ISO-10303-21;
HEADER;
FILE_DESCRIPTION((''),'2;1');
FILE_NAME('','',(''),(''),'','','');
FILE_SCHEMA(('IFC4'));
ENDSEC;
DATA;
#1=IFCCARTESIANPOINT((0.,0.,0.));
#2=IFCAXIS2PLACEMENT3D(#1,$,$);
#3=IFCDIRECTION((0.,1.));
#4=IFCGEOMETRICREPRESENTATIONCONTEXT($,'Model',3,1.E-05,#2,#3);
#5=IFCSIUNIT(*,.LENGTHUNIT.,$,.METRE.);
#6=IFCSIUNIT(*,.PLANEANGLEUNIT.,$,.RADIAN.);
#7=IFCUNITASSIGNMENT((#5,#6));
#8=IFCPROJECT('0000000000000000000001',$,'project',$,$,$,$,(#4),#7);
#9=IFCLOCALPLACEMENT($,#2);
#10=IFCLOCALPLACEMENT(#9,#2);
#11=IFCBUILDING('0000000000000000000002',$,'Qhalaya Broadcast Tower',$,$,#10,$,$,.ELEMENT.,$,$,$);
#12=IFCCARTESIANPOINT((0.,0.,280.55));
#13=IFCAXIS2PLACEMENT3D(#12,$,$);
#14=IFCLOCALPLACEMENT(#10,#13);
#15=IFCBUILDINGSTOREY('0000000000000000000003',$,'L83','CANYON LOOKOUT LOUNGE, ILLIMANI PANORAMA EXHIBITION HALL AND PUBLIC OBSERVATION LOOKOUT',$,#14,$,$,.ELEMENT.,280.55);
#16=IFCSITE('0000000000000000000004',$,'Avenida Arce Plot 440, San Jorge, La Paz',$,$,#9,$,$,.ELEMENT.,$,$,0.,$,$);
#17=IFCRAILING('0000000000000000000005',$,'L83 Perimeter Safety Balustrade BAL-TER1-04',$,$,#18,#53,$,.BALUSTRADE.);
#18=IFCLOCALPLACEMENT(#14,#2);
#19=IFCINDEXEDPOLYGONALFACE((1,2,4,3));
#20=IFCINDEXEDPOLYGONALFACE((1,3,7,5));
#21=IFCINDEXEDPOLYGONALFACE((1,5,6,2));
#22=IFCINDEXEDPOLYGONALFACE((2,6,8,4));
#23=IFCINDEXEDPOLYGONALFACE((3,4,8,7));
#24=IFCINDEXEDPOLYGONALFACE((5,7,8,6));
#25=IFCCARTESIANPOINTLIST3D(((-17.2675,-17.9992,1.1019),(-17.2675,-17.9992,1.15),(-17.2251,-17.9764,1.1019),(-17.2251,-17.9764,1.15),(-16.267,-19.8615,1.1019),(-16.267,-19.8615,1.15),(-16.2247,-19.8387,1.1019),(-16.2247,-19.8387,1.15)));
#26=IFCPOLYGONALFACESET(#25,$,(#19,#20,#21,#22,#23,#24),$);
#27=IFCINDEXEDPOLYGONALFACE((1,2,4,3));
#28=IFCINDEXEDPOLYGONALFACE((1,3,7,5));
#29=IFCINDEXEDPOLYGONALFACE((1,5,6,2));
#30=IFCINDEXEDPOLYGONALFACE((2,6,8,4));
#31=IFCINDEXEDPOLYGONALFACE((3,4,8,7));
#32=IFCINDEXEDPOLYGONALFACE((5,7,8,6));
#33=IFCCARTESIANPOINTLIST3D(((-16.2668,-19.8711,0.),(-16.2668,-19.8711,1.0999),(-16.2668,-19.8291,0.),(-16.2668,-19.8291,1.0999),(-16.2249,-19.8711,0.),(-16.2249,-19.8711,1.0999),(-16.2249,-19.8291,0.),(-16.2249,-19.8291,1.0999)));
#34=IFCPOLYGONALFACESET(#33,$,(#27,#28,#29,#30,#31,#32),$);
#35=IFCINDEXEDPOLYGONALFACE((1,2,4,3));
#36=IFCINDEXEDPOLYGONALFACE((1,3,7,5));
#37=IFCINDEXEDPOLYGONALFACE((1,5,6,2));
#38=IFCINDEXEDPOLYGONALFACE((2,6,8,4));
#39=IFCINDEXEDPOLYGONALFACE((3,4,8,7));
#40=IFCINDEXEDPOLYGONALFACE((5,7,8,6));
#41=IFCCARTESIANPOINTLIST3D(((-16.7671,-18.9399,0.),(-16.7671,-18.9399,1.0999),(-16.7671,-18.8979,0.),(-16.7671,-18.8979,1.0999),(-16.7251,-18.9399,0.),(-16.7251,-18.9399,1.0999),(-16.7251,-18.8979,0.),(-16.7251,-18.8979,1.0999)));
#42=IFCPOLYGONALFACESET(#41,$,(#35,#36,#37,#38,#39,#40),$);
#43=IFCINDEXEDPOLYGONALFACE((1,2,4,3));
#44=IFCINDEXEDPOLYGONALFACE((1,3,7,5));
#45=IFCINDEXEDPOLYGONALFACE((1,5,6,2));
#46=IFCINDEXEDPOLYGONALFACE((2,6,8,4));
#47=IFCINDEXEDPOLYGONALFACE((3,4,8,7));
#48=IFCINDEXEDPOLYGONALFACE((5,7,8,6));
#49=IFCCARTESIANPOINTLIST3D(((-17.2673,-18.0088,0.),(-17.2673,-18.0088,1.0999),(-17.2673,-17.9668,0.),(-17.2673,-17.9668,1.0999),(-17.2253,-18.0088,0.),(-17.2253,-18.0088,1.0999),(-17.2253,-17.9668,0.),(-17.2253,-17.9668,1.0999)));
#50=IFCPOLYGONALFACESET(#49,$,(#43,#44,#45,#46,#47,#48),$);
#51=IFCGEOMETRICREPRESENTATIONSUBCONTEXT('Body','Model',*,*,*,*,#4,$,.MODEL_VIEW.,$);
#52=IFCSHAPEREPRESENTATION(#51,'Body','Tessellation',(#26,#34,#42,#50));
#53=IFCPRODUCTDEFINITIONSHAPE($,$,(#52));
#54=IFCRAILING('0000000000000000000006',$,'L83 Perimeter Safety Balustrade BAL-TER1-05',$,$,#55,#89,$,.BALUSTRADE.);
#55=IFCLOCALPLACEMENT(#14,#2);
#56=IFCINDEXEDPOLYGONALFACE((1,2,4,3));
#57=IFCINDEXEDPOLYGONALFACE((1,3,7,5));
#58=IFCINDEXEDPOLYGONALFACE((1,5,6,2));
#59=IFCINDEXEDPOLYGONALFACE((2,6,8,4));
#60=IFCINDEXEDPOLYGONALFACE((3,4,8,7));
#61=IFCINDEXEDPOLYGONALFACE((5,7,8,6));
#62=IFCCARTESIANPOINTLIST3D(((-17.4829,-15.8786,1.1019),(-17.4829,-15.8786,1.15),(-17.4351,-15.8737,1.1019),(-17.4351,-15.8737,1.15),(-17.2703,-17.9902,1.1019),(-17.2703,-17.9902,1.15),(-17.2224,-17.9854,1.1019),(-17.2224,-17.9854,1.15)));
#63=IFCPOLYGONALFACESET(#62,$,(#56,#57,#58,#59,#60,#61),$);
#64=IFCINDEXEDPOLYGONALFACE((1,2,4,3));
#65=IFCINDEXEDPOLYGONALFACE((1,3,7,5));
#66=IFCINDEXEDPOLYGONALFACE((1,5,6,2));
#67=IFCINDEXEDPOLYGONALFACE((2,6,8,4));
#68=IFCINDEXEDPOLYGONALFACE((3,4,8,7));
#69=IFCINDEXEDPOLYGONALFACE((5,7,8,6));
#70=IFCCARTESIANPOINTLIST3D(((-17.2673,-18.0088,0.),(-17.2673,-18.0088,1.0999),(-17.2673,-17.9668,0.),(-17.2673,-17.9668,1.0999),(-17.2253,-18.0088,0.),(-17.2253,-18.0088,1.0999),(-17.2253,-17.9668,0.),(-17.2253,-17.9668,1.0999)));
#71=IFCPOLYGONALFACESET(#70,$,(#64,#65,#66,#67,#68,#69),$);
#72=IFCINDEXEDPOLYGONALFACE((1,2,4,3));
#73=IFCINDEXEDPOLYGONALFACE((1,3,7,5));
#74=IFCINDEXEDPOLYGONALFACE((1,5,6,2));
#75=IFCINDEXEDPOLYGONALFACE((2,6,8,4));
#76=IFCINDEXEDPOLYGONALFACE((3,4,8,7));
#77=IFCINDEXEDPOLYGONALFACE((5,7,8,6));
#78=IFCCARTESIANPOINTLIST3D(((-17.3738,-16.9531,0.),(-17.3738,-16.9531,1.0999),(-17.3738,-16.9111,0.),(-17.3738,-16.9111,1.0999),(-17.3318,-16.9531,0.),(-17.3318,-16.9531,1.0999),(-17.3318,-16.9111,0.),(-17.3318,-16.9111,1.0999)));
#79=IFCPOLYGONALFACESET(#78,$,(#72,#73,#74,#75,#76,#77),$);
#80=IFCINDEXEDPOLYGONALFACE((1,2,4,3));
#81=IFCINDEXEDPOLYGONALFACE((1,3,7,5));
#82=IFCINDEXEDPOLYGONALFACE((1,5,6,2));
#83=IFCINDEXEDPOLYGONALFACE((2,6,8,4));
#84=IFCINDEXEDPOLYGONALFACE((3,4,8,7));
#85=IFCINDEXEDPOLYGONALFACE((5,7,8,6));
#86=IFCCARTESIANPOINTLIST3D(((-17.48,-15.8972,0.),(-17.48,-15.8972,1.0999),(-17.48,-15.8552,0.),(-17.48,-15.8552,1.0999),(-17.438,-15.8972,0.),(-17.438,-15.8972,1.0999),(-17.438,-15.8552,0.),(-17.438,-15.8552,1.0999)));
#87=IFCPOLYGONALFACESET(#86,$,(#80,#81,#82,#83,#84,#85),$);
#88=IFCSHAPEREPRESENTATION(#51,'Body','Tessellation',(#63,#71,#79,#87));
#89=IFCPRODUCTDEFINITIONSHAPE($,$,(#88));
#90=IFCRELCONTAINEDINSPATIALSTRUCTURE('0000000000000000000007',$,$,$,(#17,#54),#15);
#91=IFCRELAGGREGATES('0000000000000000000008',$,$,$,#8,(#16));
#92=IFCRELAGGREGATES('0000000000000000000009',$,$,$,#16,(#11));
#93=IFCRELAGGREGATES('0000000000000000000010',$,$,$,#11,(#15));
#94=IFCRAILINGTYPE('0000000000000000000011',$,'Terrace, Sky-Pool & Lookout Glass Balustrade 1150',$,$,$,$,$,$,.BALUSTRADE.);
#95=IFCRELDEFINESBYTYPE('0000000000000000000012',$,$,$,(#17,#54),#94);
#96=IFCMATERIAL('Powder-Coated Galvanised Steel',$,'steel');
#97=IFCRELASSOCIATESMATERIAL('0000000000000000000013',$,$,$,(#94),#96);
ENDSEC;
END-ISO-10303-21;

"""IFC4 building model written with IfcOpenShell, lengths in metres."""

from ifc_helpers import new_model, si_unit, direction, frame, origin, origin_2d, place, context, subcontext, project, spatial, rectangle, extrude, material, type_object, element, save


model = new_model("IFC4")

# Units and contexts
model_context = context("Model", 3, precision=1e-05, world=origin(), true_north=direction((0.0, 1.0)))
body_context = subcontext(model_context, "Body", "Model", "MODEL_VIEW")
ifc_project = project(units=[si_unit("LENGTHUNIT", "METRE"), si_unit("PLANEANGLEUNIT", "RADIAN")], contexts=[model_context])

# Site, building, storey
site_placement = place(None, origin())
site = spatial("IfcSite", under=ifc_project, at=site_placement, Name="Avenida Arce Plot 440, San Jorge, La Paz", CompositionType="ELEMENT", RefElevation=0.0)
building_placement = place(site_placement, origin())
building = spatial("IfcBuilding", under=site, at=building_placement, Name="Qhalaya Broadcast Tower", CompositionType="ELEMENT")
storey_placement = place(building_placement, frame((0.0, 0.0, 280.55)))
storey = spatial("IfcBuildingStorey", under=building, at=storey_placement, Name="L83", Description="CANYON LOOKOUT LOUNGE, ILLIMANI PANORAMA EXHIBITION HALL AND PUBLIC OBSERVATION LOOKOUT", CompositionType="ELEMENT", Elevation=280.55)

# Railings
ifc_material_1 = material(Name="Powder-Coated Galvanised Steel", Category="steel")
railing_type = type_object("IfcRailingType", Name="Terrace, Sky-Pool & Lookout Glass Balustrade 1150", PredefinedType="BALUSTRADE", material=ifc_material_1)
railing_1_placement = place(storey_placement, frame((-16.2458, -19.8501, 0.0)))
element("IfcRailing", 1, at=railing_1_placement, inside=storey, type_object=railing_type, Name="L83 Perimeter Safety Balustrade BAL-TER1-04", PredefinedType="BALUSTRADE", context=body_context, shape_type="SweptSolid", body=[
    extrude(rectangle(XDim=0.0481, YDim=0.0481, at=origin_2d()), frame((0.0, 0.0, 1.126), z_axis=(-0.473259, 0.880923, 0.0), x_axis=(-0.880923, -0.473259, 0.0)), (0.0, 0.0, 1.0), 2.114),
    extrude(rectangle(XDim=0.042, YDim=0.042, at=origin_2d()), origin(), (0.0, 0.0, 1.0), 1.0999),
    extrude(rectangle(XDim=0.042, YDim=0.042, at=origin_2d()), frame((-0.5002, 0.9312, 0.0)), (0.0, 0.0, 1.0), 1.0999),
    extrude(rectangle(XDim=0.042, YDim=0.042, at=origin_2d()), frame((-1.0005, 1.8623, 0.0)), (0.0, 0.0, 1.0), 1.0999),
])
railing_2_placement = place(storey_placement, frame((-17.2463, -17.9878, 0.0)))
element("IfcRailing", 2, at=railing_2_placement, inside=storey, type_object=railing_type, Name="L83 Perimeter Safety Balustrade BAL-TER1-05", PredefinedType="BALUSTRADE", context=body_context, shape_type="SweptSolid", body=[
    extrude(rectangle(XDim=0.0481, YDim=0.0481, at=origin_2d()), frame((0.0, 0.0, 1.126), z_axis=(-0.100198, 0.994967, 0.0), x_axis=(-0.994967, -0.100198, 0.0)), (0.0, 0.0, 1.0), 2.1223),
    extrude(rectangle(XDim=0.042, YDim=0.042, at=origin_2d()), origin(), (0.0, 0.0, 1.0), 1.0999),
    extrude(rectangle(XDim=0.042, YDim=0.042, at=origin_2d()), frame((-0.1064, 1.0557, 0.0)), (0.0, 0.0, 1.0), 1.0999),
    extrude(rectangle(XDim=0.042, YDim=0.042, at=origin_2d()), frame((-0.2126, 2.1116, 0.0)), (0.0, 0.0, 1.0), 1.0999),
])

save(model, "model.ifc")
